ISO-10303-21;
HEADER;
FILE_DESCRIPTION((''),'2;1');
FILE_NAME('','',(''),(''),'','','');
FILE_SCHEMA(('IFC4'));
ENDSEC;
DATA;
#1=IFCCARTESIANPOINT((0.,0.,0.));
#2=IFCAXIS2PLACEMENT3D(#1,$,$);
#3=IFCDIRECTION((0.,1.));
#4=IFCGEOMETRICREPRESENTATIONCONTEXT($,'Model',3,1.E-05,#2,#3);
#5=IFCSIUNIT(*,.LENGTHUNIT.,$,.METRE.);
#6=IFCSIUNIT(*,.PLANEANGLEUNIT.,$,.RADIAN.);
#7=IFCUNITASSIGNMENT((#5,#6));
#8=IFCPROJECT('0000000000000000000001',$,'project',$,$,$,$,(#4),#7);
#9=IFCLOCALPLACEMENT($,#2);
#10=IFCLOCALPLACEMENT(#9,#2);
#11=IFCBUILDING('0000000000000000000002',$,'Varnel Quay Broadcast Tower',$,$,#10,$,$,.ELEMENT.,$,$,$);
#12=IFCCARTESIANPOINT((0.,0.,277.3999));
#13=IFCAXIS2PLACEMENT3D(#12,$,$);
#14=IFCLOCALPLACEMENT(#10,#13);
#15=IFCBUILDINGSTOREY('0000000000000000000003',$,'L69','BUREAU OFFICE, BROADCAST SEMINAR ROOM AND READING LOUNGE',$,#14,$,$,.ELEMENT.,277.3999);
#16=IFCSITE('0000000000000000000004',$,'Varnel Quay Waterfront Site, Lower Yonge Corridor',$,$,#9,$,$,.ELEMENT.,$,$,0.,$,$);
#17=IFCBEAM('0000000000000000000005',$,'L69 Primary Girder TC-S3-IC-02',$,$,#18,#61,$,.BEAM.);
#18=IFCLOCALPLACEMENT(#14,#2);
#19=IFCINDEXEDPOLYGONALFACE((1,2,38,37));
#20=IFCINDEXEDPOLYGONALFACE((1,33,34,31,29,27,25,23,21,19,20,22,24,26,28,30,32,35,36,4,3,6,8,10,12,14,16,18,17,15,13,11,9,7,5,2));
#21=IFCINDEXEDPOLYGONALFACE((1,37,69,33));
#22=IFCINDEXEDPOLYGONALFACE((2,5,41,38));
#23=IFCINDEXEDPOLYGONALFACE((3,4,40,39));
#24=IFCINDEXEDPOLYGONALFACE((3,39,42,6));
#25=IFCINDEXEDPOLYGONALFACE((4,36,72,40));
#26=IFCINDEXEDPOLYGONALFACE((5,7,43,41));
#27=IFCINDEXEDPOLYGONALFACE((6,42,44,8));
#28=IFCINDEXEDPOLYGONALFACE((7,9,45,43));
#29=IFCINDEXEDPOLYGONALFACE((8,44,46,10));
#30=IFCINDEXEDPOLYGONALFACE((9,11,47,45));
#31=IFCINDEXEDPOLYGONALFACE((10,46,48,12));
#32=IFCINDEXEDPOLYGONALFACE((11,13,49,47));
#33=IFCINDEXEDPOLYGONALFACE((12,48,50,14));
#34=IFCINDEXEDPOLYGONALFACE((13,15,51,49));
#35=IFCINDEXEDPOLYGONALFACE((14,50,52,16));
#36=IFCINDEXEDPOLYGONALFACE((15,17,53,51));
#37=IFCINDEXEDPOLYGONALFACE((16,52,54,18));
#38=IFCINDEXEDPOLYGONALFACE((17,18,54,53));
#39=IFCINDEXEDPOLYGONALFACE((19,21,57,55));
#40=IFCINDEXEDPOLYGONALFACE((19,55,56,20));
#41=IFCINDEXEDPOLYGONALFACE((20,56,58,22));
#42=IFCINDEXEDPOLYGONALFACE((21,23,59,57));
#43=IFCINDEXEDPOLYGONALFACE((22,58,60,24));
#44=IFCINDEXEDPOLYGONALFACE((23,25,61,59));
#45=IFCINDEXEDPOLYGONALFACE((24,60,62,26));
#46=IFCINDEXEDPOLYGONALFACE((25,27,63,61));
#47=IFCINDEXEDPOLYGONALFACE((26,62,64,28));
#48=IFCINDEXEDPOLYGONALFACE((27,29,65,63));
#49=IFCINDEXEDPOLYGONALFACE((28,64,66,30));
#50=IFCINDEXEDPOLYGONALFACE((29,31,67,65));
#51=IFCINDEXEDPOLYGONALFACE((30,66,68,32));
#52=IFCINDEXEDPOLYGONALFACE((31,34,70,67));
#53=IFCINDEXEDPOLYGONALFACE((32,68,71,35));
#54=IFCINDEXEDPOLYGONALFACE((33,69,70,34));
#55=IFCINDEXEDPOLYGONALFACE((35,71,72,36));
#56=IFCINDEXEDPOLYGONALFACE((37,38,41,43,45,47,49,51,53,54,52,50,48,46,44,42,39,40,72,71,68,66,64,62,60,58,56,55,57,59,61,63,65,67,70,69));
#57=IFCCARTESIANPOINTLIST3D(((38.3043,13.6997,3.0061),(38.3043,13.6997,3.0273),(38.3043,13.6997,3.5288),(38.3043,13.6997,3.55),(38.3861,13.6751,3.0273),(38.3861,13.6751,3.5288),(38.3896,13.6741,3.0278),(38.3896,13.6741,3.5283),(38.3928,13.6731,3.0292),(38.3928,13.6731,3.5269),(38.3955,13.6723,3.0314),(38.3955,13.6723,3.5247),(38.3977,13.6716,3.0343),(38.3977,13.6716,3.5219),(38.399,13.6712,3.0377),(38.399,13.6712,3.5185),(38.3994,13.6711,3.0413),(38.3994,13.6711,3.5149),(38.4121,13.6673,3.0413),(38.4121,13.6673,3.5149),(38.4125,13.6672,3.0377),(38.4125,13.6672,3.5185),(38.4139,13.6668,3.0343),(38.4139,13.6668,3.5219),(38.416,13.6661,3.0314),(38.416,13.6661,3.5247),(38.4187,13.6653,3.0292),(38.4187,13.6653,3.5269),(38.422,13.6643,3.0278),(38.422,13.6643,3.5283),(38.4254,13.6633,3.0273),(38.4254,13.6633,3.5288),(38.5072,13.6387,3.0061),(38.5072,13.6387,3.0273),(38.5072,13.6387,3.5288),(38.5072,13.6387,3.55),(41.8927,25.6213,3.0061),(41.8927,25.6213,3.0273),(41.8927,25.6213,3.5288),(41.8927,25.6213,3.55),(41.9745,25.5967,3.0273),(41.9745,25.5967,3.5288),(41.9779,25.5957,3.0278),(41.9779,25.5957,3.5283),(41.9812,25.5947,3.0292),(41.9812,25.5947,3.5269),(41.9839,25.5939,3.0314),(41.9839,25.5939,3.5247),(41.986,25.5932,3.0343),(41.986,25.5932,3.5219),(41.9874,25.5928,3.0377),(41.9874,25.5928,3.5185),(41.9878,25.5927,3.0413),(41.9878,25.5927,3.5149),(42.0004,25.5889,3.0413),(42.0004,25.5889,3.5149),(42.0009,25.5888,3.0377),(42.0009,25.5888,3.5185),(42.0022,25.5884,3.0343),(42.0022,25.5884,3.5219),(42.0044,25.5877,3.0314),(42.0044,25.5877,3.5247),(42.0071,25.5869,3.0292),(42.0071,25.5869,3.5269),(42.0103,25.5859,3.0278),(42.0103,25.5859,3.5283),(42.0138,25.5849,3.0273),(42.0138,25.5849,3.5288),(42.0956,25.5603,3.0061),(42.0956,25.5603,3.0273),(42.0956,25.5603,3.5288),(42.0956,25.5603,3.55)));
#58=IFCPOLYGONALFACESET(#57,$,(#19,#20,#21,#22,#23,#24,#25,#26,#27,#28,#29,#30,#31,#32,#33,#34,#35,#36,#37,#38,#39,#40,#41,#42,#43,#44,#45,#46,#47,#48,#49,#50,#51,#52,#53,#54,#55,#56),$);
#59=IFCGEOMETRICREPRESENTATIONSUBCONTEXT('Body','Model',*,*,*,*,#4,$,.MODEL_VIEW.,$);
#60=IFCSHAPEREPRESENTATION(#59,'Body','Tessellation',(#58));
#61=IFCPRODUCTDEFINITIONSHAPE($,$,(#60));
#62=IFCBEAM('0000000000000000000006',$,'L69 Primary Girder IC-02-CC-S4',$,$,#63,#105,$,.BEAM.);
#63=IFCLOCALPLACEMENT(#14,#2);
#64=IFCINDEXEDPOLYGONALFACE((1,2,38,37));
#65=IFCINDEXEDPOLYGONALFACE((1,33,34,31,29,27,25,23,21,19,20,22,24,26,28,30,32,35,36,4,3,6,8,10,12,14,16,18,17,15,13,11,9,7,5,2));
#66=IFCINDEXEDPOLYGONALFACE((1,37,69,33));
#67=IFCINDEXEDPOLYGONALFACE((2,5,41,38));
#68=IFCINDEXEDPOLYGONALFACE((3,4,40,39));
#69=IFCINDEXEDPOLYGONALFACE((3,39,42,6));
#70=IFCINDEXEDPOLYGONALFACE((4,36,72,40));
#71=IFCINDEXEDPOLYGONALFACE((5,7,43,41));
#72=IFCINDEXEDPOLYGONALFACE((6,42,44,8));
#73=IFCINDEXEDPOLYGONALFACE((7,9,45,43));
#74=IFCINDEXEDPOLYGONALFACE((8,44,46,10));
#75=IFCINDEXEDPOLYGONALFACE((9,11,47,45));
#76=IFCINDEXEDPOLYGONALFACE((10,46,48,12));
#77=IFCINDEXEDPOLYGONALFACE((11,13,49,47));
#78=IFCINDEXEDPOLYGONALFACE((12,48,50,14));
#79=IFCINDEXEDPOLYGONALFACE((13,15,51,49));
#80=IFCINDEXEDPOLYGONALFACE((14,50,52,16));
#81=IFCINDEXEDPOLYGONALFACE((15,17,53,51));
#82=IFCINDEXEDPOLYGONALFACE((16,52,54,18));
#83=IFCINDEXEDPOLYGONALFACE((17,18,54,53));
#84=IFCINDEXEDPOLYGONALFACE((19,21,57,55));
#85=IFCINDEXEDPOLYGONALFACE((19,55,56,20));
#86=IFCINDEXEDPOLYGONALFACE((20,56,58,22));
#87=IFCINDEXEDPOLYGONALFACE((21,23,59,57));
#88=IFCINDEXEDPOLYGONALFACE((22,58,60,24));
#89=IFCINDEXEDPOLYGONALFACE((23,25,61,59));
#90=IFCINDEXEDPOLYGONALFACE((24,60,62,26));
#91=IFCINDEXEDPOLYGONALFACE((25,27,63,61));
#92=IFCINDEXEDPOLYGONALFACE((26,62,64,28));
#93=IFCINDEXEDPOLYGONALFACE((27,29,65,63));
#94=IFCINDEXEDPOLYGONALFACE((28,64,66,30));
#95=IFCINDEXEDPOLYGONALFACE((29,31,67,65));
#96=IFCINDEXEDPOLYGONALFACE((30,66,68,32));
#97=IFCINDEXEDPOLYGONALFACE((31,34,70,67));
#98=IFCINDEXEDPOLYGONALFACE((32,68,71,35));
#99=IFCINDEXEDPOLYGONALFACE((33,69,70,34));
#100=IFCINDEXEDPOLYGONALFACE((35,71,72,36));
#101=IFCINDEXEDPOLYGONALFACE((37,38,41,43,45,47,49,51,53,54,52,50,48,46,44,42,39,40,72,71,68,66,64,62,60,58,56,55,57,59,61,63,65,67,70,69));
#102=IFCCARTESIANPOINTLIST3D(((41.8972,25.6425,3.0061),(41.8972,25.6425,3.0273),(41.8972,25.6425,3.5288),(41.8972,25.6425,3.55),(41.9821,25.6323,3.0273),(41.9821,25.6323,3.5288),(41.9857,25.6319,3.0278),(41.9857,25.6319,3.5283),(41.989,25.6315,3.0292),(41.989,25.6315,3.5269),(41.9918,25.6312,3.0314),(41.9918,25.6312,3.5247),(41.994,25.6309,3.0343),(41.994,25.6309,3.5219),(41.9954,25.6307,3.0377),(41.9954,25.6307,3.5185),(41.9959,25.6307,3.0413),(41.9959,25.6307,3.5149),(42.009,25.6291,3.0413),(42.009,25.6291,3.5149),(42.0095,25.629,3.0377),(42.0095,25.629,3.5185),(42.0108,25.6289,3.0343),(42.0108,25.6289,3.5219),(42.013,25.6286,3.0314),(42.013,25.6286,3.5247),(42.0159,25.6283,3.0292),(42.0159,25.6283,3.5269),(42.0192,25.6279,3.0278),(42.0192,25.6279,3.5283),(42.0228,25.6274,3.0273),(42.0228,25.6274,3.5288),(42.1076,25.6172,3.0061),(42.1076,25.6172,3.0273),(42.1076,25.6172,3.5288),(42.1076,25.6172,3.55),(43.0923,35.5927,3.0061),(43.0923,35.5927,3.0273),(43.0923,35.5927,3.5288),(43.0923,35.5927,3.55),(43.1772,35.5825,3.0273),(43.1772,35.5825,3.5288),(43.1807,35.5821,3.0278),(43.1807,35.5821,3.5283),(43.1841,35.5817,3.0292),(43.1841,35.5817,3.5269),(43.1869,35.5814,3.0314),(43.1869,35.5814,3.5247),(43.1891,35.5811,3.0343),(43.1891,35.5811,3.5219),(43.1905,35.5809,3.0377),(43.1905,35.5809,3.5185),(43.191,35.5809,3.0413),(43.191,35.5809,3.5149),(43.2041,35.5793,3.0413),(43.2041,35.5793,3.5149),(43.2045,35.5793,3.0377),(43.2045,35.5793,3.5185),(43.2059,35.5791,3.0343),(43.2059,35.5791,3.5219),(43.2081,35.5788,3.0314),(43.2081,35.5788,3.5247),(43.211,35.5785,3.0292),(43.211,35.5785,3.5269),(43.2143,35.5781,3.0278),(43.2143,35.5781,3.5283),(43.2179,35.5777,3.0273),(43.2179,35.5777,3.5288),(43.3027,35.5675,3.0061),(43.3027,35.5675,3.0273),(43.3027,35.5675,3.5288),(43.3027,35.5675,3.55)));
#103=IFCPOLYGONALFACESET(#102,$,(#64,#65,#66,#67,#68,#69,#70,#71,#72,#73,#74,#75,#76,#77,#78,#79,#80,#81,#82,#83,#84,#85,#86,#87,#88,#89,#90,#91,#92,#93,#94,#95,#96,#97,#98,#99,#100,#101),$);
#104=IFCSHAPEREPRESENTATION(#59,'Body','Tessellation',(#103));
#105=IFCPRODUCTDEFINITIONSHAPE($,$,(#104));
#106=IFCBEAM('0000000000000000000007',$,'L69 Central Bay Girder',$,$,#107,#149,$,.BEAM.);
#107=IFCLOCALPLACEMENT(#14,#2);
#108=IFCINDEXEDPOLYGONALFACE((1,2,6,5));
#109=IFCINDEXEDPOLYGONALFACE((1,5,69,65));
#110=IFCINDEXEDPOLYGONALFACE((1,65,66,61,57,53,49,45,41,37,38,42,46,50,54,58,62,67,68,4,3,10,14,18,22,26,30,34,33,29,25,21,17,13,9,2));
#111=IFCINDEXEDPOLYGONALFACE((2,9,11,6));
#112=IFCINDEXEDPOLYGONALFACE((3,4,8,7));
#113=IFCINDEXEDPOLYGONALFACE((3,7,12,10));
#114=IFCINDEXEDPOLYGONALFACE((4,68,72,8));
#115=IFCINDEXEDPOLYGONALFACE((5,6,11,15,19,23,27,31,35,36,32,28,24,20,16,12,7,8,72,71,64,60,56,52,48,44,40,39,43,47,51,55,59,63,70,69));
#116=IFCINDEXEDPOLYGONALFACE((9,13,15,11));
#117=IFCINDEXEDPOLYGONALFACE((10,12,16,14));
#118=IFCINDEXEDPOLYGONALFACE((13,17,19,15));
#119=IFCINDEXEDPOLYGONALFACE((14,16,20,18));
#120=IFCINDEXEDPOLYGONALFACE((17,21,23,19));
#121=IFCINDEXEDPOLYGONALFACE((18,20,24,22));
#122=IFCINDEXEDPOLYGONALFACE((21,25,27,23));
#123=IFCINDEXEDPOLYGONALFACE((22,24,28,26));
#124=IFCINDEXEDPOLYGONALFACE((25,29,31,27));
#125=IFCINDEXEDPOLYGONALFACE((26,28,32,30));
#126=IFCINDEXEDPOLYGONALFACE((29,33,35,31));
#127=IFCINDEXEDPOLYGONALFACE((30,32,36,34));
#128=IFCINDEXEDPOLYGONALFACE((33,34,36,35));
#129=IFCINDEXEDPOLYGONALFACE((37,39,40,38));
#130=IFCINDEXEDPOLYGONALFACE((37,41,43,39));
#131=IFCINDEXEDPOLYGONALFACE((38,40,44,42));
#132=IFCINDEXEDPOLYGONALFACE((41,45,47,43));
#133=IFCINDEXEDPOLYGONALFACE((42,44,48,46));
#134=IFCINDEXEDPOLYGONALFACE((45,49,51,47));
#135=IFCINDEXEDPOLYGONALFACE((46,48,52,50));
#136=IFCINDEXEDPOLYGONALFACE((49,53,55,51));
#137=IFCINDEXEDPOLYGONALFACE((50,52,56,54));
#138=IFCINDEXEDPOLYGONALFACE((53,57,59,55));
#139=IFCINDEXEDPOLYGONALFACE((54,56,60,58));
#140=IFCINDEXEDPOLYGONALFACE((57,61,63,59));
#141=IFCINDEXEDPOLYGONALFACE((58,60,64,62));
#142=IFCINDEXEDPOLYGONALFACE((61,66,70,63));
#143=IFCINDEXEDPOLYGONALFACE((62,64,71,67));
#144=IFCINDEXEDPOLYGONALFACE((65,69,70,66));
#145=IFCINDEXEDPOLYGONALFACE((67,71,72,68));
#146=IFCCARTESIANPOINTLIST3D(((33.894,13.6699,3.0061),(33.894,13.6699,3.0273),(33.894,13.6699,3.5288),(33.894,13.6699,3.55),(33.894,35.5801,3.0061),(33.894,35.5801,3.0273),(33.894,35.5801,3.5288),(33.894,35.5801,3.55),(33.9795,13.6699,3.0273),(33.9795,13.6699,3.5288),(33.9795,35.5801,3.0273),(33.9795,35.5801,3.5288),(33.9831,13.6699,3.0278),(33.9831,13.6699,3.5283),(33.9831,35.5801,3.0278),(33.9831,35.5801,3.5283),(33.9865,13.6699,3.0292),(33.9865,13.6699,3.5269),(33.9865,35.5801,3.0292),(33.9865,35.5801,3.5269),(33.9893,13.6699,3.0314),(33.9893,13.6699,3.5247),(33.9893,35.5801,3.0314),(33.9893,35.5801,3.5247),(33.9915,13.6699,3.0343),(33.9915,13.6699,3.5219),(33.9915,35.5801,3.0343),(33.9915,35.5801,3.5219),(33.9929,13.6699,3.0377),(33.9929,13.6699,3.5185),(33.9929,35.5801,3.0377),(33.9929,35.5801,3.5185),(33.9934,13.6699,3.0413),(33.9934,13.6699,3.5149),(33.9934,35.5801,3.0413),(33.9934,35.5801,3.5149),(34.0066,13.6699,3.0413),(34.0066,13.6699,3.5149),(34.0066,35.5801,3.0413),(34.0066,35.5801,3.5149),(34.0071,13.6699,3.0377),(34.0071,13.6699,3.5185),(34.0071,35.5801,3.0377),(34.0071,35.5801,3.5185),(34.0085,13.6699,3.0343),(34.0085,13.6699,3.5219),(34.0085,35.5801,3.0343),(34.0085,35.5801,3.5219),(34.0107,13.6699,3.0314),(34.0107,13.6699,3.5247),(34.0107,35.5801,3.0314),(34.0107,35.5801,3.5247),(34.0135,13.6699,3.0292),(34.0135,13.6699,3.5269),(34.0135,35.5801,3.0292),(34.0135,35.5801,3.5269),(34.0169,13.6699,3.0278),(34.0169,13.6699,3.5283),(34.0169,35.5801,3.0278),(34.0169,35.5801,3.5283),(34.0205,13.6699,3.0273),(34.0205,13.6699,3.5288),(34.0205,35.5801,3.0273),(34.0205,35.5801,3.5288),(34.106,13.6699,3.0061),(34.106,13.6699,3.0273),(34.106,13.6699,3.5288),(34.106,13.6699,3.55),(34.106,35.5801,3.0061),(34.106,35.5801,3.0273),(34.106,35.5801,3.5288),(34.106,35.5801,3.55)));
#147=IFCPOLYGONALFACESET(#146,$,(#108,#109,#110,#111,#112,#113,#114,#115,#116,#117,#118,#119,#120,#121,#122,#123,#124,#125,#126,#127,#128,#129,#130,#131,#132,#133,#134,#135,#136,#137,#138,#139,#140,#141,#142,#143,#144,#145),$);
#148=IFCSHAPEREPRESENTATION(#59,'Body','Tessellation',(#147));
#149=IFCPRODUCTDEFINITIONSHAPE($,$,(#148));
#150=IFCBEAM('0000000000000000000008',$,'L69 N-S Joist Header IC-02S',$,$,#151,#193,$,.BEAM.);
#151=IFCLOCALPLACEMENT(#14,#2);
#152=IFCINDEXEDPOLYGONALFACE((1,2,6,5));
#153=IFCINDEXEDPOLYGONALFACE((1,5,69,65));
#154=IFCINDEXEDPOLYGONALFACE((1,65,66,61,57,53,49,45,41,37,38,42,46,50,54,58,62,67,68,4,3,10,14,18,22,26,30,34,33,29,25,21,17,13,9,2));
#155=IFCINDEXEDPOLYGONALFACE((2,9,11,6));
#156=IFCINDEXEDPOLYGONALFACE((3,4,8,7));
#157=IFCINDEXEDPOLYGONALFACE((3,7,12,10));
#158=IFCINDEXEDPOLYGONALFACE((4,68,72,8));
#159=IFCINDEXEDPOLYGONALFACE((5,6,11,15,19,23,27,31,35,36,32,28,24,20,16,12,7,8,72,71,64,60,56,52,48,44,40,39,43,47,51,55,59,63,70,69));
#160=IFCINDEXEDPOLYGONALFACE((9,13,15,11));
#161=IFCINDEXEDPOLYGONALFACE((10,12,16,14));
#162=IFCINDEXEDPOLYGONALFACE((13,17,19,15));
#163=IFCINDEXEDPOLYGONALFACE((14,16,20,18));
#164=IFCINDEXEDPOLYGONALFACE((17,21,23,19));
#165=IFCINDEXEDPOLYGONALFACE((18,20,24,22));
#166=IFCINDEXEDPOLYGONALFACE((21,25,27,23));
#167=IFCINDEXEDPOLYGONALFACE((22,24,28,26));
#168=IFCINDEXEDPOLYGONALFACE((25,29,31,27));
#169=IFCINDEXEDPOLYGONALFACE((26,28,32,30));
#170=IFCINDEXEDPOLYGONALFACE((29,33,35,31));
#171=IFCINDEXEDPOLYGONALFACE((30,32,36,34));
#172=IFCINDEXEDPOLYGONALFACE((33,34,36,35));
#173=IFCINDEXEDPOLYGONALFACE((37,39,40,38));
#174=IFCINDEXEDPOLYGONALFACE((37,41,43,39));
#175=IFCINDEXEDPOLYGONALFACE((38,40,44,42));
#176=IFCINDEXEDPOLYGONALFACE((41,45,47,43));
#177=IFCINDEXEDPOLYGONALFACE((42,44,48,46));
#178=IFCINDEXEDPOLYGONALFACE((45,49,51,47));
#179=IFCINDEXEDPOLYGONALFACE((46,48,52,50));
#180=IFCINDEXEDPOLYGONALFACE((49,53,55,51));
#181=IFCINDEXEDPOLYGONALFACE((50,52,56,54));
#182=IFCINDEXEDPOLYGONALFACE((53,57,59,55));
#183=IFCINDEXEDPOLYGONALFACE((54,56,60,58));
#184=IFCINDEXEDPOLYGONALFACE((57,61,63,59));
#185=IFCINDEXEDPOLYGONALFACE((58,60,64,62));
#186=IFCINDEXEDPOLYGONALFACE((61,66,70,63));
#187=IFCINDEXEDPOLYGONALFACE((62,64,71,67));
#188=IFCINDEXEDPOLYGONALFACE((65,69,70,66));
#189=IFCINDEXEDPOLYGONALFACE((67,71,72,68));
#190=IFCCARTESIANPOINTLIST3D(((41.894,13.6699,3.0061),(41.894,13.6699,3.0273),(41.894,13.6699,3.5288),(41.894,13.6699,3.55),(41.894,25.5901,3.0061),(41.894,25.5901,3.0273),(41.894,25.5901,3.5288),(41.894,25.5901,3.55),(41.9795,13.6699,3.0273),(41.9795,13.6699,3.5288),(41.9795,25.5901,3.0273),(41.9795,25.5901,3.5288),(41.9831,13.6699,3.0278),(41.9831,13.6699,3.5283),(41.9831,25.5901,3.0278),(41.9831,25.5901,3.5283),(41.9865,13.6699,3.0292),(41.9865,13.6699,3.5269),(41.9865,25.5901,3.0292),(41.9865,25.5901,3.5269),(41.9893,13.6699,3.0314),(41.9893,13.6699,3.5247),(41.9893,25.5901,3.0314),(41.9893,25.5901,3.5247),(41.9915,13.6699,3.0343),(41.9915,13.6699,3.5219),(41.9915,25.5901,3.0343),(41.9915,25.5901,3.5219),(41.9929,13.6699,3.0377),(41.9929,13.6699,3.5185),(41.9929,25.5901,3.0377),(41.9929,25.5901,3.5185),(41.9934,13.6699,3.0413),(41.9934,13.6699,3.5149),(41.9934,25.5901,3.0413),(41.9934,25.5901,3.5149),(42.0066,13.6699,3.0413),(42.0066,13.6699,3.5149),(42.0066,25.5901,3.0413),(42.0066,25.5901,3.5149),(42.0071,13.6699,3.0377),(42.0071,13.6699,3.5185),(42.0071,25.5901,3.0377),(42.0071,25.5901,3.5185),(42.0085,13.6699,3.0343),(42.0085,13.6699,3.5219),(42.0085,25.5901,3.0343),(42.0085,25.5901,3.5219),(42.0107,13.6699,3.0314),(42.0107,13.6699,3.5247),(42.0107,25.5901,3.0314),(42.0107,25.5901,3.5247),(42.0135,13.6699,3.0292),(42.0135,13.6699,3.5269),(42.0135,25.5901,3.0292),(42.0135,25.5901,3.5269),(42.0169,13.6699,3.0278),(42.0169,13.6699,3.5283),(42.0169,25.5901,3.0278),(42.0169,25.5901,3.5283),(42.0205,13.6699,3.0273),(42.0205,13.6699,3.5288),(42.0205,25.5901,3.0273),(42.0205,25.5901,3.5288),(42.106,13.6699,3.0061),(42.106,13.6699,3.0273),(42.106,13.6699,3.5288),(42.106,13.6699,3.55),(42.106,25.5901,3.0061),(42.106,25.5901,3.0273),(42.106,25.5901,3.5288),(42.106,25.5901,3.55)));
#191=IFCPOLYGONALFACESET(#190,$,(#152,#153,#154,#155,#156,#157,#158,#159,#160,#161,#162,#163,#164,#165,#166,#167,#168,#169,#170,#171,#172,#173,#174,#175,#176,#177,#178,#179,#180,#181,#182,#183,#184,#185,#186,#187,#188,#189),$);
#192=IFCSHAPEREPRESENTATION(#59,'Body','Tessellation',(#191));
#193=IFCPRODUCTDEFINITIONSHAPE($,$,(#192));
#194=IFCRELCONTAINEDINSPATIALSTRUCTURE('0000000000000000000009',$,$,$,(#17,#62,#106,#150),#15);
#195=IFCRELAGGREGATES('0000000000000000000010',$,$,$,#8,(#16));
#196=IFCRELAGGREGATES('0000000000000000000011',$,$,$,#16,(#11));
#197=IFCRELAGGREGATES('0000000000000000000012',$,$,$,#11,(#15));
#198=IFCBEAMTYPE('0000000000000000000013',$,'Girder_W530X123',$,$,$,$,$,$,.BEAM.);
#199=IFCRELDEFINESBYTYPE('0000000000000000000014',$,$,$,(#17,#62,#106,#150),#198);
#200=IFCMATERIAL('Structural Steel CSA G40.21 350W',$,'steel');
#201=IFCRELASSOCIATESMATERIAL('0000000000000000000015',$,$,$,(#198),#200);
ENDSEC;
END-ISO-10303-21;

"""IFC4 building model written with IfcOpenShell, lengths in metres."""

from ifc_helpers import new_model, si_unit, direction, frame, origin, origin_2d, place, context, subcontext, project, spatial, i_section, extrude, source, transform, mapped, material, material_profile, profile_set, type_object, element, save


model = new_model("IFC4")

# Units and contexts
model_context = context("Model", 3, precision=1e-05, world=origin(), true_north=direction((0.0, 1.0)))
body_context = subcontext(model_context, "Body", "Model", "MODEL_VIEW")
ifc_project = project(units=[si_unit("LENGTHUNIT", "METRE"), si_unit("PLANEANGLEUNIT", "RADIAN")], contexts=[model_context])

# Site, building, storey
site_placement = place(None, origin())
site = spatial("IfcSite", under=ifc_project, at=site_placement, Name="Varnel Quay Waterfront Site, Lower Yonge Corridor", CompositionType="ELEMENT", RefElevation=0.0)
building_placement = place(site_placement, origin())
building = spatial("IfcBuilding", under=site, at=building_placement, Name="Varnel Quay Broadcast Tower", CompositionType="ELEMENT")
storey_placement = place(building_placement, frame((0.0, 0.0, 277.3999)))
storey = spatial("IfcBuildingStorey", under=building, at=storey_placement, Name="L69", Description="BUREAU OFFICE, BROADCAST SEMINAR ROOM AND READING LOUNGE", CompositionType="ELEMENT", Elevation=277.3999)

# Shared definitions
ifc_material_1 = material(Name="Structural Steel CSA G40.21 350W", Category="steel")

# Beams
ifc_material_profile_1 = material_profile(ifc_material_1, i_section(OverallWidth=0.2119, OverallDepth=0.5439, WebThickness=0.0132, FlangeThickness=0.0212, FilletRadius=0.0139, at=origin_2d()), Name="W530X123")
ifc_profile_set_1 = profile_set([ifc_material_profile_1], Name="Structural Steel CSA G40.21 350W")
beam_type_1 = type_object("IfcBeamType", Name="Girder_W530X123", PredefinedType="BEAM", material=ifc_profile_set_1)
shared_shape_1 = source(origin(), body_context, "Body", "SweptSolid", [
    extrude(i_section(OverallWidth=0.2119, OverallDepth=0.5439, WebThickness=0.0132, FlangeThickness=0.0212, FilletRadius=0.0139, at=origin_2d()), origin(), (0.0, 0.0, 1.0), 12.45),
])
beam_1_placement = place(storey_placement, frame((38.4058, 13.6692, 3.2781), z_axis=(0.288224, 0.957563, 0.0), x_axis=(-0.957563, 0.288224, 0.0)))
element("IfcBeam", 1, at=beam_1_placement, inside=storey, type_object=beam_type_1, Name="L69 Primary Girder TC-S3-IC-02", PredefinedType="BEAM", context=body_context, shape_type="MappedRepresentation", body=[
    mapped(shared_shape_1, transform((0.0, 0.0, 0.0), x_axis=(1.0, 0.0, 0.0), y_axis=(0.0, 1.0, 0.0), z_axis=(0.0, 0.0, 1.0), scale=1.0)),
])
shared_shape_2 = source(origin(), body_context, "Body", "SweptSolid", [
    extrude(i_section(OverallWidth=0.2119, OverallDepth=0.5439, WebThickness=0.0132, FlangeThickness=0.0212, FilletRadius=0.0139, at=origin_2d()), origin(), (0.0, 0.0, 1.0), 10.0217),
])
beam_2_placement = place(storey_placement, frame((42.0024, 25.6299, 3.2781), z_axis=(0.119248, 0.992864, 0.0), x_axis=(-0.992864, 0.119248, 0.0)))
element("IfcBeam", 2, at=beam_2_placement, inside=storey, type_object=beam_type_1, Name="L69 Primary Girder IC-02-CC-S4", PredefinedType="BEAM", context=body_context, shape_type="MappedRepresentation", body=[
    mapped(shared_shape_2, transform((0.0, 0.0, 0.0), x_axis=(1.0, 0.0, 0.0), y_axis=(0.0, 1.0, 0.0), z_axis=(0.0, 0.0, 1.0), scale=1.0)),
])
shared_shape_3 = source(origin(), body_context, "Body", "SweptSolid", [
    extrude(i_section(OverallWidth=0.2119, OverallDepth=0.5439, WebThickness=0.0132, FlangeThickness=0.0212, FilletRadius=0.0139, at=origin_2d()), origin(), (0.0, 0.0, 1.0), 21.9102),
])
beam_3_placement = place(storey_placement, frame((34.0, 13.6699, 3.2781), z_axis=(0.0, 1.0, 0.0), x_axis=(-1.0, 0.0, 0.0)))
element("IfcBeam", 3, at=beam_3_placement, inside=storey, type_object=beam_type_1, Name="L69 Central Bay Girder", PredefinedType="BEAM", context=body_context, shape_type="MappedRepresentation", body=[
    mapped(shared_shape_3, transform((0.0, 0.0, 0.0), x_axis=(1.0, 0.0, 0.0), y_axis=(0.0, 1.0, 0.0), z_axis=(0.0, 0.0, 1.0), scale=1.0)),
])
shared_shape_4 = source(origin(), body_context, "Body", "SweptSolid", [
    extrude(i_section(OverallWidth=0.2119, OverallDepth=0.5439, WebThickness=0.0132, FlangeThickness=0.0212, FilletRadius=0.0139, at=origin_2d()), origin(), (0.0, 0.0, 1.0), 11.9202),
])
beam_4_placement = place(storey_placement, frame((42.0, 13.6699, 3.2781), z_axis=(0.0, 1.0, 0.0), x_axis=(-1.0, 0.0, 0.0)))
element("IfcBeam", 4, at=beam_4_placement, inside=storey, type_object=beam_type_1, Name="L69 N-S Joist Header IC-02S", PredefinedType="BEAM", context=body_context, shape_type="MappedRepresentation", body=[
    mapped(shared_shape_4, transform((0.0, 0.0, 0.0), x_axis=(1.0, 0.0, 0.0), y_axis=(0.0, 1.0, 0.0), z_axis=(0.0, 0.0, 1.0), scale=1.0)),
])

save(model, "model.ifc")
